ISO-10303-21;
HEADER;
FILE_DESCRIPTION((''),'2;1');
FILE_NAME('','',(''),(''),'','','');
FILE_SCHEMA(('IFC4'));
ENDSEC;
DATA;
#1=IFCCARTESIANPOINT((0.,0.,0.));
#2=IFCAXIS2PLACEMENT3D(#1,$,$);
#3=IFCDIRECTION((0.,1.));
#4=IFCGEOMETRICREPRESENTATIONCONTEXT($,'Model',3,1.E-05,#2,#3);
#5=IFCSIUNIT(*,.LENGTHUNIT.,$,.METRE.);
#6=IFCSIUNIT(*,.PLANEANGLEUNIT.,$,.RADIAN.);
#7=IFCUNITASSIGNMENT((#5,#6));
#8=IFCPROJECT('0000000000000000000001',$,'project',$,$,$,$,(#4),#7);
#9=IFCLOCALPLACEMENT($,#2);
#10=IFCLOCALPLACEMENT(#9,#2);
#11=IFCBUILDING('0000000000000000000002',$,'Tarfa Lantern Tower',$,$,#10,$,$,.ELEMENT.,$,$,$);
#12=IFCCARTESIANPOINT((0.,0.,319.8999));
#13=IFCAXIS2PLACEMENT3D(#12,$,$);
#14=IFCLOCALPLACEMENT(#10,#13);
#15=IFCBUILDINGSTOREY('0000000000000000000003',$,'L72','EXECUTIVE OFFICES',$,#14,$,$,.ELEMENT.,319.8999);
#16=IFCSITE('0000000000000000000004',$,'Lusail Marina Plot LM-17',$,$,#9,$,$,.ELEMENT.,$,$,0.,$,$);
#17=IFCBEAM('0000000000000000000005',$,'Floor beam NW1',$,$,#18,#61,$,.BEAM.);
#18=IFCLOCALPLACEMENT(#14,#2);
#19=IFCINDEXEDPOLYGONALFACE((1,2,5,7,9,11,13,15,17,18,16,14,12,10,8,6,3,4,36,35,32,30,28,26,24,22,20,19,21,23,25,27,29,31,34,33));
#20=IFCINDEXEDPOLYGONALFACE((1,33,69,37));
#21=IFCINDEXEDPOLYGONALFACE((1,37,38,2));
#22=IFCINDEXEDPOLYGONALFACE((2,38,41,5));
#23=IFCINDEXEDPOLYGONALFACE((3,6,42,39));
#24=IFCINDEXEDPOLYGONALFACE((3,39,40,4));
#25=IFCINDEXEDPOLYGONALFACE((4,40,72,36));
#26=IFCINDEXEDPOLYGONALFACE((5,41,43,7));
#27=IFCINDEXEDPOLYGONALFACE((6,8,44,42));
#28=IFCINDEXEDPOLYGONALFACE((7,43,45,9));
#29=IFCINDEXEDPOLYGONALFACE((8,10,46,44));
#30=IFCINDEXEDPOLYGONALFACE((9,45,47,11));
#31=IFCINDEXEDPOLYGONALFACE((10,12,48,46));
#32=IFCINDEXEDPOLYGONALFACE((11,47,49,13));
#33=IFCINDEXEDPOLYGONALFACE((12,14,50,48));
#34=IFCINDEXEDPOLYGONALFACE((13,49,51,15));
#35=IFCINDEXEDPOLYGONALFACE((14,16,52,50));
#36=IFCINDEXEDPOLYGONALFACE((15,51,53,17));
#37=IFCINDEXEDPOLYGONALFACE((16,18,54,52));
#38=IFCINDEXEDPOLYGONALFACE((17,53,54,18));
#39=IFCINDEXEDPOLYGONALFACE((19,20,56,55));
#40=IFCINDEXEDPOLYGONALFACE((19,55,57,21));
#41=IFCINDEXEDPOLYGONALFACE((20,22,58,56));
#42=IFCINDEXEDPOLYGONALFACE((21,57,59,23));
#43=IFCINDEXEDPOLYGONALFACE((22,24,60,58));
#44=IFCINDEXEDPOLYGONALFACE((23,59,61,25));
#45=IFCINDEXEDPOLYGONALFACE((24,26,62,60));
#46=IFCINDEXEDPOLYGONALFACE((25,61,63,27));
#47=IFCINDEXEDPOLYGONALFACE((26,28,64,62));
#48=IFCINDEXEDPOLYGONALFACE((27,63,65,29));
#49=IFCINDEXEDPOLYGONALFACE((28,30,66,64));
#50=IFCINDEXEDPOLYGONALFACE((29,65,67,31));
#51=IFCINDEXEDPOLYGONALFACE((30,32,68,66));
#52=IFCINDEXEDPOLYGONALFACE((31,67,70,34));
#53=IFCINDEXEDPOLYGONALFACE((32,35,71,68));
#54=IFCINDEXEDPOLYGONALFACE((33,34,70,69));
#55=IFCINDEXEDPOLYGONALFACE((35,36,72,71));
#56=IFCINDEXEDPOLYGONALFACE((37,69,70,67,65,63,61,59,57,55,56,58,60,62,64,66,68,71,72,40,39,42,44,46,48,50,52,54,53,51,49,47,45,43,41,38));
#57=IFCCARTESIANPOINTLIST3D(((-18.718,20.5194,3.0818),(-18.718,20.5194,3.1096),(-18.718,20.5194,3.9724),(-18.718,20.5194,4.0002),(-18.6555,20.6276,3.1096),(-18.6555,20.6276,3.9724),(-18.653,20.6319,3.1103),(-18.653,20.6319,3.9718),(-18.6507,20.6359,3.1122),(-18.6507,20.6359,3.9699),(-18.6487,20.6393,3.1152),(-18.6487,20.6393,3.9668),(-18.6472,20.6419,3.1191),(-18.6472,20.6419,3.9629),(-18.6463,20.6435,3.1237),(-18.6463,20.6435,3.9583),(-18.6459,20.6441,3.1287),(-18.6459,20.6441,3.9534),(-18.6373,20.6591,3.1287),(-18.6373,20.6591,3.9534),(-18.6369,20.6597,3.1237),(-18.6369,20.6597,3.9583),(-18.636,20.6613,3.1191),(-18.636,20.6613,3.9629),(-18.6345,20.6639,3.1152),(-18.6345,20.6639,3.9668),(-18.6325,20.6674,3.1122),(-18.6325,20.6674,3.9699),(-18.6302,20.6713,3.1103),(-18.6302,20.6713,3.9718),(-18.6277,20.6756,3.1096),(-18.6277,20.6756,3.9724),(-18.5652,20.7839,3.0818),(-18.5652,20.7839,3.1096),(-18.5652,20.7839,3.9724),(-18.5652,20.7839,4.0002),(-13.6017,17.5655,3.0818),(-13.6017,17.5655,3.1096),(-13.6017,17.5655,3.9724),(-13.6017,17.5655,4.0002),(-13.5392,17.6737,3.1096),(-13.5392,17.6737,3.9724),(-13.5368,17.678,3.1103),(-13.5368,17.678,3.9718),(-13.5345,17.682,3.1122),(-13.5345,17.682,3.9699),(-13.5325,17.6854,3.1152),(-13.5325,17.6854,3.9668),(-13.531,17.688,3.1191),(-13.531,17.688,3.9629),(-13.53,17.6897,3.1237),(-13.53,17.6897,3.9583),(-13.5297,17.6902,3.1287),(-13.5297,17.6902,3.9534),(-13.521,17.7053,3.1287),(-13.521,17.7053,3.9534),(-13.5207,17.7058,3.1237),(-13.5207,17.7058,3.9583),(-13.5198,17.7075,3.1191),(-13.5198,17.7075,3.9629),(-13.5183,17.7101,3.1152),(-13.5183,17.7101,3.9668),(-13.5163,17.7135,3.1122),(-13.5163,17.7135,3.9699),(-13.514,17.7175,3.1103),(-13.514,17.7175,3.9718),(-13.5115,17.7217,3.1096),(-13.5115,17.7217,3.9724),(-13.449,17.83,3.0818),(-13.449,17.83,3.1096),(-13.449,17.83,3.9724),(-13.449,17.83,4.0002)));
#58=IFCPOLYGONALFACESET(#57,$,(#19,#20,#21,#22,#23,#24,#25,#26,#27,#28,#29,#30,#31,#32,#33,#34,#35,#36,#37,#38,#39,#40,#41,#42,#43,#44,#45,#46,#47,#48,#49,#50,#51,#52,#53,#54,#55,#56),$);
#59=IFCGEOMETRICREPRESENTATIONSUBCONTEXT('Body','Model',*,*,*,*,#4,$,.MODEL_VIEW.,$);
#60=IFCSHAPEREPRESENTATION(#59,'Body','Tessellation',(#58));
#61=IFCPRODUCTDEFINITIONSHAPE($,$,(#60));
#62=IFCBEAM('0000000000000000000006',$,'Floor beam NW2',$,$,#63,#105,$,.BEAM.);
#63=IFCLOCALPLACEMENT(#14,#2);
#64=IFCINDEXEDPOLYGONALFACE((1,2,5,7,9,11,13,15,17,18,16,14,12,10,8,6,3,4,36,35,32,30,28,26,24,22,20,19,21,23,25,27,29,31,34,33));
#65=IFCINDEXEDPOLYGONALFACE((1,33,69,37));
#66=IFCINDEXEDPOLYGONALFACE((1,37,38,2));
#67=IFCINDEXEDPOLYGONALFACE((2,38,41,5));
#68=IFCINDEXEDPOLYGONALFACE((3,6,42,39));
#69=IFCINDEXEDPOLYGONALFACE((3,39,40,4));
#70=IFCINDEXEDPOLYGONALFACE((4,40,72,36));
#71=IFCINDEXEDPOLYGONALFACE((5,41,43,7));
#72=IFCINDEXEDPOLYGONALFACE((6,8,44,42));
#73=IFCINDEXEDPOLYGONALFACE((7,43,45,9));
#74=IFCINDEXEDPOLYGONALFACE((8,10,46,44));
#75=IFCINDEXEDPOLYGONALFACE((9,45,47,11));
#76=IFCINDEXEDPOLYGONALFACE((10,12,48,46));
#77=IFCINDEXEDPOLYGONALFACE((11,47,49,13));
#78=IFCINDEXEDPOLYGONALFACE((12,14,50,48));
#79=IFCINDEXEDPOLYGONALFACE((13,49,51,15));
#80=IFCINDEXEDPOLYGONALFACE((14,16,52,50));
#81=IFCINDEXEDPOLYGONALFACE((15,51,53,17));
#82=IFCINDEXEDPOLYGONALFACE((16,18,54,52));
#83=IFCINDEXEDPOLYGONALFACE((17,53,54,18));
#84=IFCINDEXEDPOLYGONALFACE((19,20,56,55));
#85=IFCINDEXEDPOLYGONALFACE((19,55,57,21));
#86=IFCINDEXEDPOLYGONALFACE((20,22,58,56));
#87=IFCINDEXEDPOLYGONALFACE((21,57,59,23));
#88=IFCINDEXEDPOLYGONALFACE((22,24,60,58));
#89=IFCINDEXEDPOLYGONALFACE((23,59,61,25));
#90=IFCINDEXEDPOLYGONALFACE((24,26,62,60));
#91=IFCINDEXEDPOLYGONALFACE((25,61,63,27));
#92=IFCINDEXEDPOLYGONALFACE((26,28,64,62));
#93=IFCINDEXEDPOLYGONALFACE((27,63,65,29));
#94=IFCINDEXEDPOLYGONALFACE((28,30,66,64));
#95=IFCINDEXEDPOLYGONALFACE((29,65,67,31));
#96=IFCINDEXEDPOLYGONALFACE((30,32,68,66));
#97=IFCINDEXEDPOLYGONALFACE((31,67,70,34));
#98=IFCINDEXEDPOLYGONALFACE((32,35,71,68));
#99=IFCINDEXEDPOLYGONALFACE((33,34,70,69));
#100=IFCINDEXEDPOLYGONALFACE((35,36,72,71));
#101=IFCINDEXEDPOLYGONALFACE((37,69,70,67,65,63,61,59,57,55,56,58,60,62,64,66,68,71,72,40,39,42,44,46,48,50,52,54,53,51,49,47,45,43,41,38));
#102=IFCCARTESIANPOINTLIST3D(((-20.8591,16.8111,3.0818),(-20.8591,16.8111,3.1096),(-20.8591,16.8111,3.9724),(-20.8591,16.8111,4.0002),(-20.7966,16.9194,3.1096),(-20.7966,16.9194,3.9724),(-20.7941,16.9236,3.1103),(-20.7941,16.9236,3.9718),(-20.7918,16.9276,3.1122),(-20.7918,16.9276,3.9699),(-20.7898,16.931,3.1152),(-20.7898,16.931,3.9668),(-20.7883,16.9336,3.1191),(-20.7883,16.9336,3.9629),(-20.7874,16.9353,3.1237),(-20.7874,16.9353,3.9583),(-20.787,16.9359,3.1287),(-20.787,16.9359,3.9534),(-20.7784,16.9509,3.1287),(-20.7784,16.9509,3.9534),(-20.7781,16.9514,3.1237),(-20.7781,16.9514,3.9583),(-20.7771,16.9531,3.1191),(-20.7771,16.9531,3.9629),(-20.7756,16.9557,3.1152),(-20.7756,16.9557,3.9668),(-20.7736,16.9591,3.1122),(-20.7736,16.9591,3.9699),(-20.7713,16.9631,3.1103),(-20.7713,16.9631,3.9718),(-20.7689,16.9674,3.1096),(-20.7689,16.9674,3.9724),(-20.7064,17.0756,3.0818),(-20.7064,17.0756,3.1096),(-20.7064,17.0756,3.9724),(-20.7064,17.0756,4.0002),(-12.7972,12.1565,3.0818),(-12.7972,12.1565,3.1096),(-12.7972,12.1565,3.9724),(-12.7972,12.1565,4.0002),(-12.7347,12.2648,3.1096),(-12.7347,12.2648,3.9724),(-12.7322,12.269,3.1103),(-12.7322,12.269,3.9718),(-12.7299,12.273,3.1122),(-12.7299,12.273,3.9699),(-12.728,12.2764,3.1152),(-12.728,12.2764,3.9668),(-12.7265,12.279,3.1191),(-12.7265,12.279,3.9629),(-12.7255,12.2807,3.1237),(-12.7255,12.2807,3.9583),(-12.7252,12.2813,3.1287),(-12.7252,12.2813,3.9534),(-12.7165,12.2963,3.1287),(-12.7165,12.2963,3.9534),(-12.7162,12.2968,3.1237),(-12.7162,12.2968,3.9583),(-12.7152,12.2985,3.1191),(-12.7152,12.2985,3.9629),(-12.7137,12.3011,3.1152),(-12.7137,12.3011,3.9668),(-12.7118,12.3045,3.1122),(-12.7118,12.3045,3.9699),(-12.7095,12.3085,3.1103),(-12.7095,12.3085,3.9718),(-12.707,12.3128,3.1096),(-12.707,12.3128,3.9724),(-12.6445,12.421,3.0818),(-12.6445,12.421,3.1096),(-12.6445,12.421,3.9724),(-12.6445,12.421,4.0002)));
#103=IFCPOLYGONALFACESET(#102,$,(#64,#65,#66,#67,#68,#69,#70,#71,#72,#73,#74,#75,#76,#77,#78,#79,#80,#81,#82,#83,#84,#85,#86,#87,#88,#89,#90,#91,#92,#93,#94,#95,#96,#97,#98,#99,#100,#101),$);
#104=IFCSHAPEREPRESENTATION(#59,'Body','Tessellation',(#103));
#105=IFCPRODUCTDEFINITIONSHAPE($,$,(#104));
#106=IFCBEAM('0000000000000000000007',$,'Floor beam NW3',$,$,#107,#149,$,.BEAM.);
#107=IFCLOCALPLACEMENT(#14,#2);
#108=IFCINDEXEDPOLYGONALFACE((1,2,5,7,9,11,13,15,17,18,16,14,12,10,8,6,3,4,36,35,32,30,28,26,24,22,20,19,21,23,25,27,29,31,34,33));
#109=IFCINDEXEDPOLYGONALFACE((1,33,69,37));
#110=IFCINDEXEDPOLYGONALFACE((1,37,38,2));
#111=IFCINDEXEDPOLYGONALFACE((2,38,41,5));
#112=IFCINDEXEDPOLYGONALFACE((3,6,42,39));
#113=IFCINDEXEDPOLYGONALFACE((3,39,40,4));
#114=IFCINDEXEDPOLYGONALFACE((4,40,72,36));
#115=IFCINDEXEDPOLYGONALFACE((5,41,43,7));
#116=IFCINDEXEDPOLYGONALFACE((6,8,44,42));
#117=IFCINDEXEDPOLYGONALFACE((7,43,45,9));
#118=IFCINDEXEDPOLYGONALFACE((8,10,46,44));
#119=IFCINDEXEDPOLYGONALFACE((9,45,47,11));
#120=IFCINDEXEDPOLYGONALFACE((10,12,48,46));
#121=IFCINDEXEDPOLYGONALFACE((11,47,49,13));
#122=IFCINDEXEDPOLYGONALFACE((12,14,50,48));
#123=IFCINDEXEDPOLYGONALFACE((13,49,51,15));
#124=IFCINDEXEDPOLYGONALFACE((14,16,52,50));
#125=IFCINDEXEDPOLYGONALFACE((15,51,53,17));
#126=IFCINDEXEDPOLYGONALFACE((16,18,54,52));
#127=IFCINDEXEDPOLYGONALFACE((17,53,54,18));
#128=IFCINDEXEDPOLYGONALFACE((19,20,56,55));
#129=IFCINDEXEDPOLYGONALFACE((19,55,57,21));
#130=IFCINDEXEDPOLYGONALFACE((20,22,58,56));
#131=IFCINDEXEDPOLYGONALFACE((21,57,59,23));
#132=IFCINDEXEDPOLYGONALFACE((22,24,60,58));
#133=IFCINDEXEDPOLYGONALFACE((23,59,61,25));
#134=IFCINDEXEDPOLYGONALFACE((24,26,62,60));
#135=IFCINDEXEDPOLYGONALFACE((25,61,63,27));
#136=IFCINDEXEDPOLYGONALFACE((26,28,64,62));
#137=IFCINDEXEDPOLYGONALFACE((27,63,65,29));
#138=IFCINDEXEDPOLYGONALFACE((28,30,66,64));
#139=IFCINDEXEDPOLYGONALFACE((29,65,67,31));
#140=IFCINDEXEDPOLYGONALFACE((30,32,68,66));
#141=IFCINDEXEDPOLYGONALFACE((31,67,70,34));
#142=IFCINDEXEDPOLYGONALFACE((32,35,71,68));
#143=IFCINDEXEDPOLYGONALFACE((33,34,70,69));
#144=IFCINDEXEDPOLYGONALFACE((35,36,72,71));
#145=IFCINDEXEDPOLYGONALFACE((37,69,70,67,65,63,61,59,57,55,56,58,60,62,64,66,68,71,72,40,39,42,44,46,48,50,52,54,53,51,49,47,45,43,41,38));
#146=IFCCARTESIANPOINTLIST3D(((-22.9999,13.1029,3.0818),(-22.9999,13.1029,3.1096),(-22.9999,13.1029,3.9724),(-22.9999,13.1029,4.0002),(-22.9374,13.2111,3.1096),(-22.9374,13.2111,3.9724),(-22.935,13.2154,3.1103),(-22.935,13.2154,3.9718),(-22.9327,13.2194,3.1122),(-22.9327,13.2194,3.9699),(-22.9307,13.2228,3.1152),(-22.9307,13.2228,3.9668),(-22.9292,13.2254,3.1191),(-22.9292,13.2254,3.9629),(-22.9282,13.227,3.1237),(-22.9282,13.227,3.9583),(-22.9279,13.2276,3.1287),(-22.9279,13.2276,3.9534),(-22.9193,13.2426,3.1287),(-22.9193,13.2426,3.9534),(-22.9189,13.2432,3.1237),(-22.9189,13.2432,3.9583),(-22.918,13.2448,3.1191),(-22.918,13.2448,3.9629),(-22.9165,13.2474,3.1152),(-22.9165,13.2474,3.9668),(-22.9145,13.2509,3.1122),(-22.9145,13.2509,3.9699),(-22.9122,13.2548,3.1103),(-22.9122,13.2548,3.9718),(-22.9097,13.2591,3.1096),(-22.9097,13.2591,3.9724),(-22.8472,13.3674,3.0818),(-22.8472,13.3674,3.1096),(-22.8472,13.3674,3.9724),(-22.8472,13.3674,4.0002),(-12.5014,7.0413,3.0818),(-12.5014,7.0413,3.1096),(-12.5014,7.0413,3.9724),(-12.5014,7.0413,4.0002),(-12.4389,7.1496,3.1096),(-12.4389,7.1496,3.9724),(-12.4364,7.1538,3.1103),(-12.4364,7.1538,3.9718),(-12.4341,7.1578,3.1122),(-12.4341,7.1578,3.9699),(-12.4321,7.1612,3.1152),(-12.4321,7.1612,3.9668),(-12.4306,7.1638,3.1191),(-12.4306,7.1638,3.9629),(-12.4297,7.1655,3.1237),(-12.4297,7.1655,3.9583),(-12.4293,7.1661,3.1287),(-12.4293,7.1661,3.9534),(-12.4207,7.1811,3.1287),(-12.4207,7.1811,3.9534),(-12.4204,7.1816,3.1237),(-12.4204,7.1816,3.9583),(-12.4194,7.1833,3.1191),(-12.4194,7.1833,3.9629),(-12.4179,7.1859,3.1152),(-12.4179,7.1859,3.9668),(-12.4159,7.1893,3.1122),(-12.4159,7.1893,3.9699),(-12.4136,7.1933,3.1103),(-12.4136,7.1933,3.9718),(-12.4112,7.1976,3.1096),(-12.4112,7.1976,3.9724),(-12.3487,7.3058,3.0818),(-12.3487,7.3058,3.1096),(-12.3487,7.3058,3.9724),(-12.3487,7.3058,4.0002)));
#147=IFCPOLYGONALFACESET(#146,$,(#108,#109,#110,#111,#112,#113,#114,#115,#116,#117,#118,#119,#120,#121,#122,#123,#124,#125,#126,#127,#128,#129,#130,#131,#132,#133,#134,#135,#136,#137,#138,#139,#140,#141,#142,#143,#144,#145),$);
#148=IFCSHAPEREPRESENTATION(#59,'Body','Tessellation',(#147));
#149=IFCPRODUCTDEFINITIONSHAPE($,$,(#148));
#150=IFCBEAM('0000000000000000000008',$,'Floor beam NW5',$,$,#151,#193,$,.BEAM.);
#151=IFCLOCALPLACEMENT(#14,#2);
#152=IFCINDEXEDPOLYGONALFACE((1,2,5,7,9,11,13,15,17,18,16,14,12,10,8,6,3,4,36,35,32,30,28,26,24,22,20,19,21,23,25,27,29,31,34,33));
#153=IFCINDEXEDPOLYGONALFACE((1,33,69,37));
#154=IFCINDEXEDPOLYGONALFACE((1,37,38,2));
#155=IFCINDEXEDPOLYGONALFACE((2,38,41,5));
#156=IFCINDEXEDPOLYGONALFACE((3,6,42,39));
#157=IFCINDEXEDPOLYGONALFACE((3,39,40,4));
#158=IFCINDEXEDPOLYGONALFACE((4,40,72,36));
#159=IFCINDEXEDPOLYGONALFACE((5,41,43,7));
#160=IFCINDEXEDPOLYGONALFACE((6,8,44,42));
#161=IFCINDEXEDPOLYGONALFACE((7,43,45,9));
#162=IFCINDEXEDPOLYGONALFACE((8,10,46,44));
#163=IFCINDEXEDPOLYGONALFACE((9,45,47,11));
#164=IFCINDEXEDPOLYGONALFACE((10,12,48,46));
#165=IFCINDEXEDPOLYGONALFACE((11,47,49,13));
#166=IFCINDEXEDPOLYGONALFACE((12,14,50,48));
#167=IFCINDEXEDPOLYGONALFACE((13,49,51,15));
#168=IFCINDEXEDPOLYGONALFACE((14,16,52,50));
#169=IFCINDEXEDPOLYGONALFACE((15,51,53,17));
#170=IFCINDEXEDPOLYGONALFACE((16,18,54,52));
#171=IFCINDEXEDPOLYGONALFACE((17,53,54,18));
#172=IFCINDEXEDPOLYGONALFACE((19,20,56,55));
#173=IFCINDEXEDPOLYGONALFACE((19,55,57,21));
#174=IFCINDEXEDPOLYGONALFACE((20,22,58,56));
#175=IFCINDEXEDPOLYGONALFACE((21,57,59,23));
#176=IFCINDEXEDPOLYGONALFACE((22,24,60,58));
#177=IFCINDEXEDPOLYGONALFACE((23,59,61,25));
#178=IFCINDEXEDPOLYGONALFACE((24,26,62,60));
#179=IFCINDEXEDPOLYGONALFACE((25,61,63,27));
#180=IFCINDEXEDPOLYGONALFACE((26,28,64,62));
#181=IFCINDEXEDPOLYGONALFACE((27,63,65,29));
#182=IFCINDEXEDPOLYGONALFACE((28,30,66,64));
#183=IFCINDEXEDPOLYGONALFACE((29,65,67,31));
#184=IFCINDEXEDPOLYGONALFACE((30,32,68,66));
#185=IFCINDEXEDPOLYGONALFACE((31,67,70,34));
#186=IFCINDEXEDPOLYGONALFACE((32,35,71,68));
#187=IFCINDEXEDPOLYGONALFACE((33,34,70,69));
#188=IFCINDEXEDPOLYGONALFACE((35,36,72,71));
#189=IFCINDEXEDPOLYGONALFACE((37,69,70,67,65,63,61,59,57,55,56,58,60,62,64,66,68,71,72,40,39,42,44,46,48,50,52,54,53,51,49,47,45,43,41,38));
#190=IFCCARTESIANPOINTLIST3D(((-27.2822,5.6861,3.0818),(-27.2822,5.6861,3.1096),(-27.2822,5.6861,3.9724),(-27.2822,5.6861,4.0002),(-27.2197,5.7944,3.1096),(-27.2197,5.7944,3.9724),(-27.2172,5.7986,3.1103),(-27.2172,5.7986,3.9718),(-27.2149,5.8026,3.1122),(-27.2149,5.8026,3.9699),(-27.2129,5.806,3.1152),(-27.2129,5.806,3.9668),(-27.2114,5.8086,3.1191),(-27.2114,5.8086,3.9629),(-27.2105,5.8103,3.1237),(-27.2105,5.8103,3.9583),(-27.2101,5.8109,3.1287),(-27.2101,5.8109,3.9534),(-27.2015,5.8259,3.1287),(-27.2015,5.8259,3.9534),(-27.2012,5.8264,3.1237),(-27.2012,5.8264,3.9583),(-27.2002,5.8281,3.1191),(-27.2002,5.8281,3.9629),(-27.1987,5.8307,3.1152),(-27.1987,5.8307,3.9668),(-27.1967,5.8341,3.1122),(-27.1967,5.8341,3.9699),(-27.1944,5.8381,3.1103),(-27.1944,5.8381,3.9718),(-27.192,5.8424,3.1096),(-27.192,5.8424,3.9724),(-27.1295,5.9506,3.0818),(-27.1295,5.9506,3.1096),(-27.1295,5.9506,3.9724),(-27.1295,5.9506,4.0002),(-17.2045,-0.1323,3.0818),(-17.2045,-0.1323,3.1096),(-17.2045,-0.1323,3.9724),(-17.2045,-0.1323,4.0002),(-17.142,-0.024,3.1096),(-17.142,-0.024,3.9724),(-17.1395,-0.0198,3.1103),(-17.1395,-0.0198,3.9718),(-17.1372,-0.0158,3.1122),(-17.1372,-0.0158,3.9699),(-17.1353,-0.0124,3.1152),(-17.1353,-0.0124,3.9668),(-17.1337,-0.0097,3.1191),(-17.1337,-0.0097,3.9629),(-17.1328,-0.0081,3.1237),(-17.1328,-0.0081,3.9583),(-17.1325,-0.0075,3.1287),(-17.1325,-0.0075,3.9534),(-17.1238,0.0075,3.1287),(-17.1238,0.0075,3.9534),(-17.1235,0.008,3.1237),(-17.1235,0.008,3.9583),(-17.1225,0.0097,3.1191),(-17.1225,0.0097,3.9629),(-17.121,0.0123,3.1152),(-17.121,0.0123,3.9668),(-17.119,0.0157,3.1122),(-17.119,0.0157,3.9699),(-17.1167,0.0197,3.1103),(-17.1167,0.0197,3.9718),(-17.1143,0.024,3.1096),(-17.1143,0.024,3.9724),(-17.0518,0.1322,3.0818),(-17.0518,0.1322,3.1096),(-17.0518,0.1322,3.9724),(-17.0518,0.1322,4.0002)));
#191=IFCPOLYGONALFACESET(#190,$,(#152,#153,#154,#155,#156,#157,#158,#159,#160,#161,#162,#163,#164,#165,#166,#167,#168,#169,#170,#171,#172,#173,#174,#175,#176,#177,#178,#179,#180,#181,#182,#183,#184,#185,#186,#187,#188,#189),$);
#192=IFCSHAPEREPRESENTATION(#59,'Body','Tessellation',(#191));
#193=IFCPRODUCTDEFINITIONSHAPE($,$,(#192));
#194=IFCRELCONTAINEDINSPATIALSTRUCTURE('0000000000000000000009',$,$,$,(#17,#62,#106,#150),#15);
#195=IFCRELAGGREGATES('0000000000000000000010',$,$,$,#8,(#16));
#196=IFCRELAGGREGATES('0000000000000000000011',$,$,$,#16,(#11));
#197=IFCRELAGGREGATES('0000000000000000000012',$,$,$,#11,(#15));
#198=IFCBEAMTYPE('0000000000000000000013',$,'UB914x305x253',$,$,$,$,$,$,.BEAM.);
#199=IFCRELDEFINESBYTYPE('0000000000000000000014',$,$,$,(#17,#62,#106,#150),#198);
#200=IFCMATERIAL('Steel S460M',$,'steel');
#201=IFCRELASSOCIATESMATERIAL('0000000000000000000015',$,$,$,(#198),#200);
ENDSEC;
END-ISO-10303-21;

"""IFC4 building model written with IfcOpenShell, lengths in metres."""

from ifc_helpers import new_model, si_unit, direction, frame, origin, origin_2d, place, context, subcontext, project, spatial, i_section, extrude, material, material_profile, profile_set, type_object, element, save


model = new_model("IFC4")

# Units and contexts
model_context = context("Model", 3, precision=1e-05, world=origin(), true_north=direction((0.0, 1.0)))
body_context = subcontext(model_context, "Body", "Model", "MODEL_VIEW")
ifc_project = project(units=[si_unit("LENGTHUNIT", "METRE"), si_unit("PLANEANGLEUNIT", "RADIAN")], contexts=[model_context])

# Site, building, storey
site_placement = place(None, origin())
site = spatial("IfcSite", under=ifc_project, at=site_placement, Name="Lusail Marina Plot LM-17", CompositionType="ELEMENT", RefElevation=0.0)
building_placement = place(site_placement, origin())
building = spatial("IfcBuilding", under=site, at=building_placement, Name="Tarfa Lantern Tower", CompositionType="ELEMENT")
storey_placement = place(building_placement, frame((0.0, 0.0, 319.8999)))
storey = spatial("IfcBuildingStorey", under=building, at=storey_placement, Name="L72", Description="EXECUTIVE OFFICES", CompositionType="ELEMENT", Elevation=319.8999)

# Beams
ifc_material_1 = material(Name="Steel S460M", Category="steel")
ifc_material_profile_1 = material_profile(ifc_material_1, i_section(OverallWidth=0.3054, OverallDepth=0.9185, WebThickness=0.0173, FlangeThickness=0.0278, FilletRadius=0.019, at=origin_2d()), Name="UB914x305x253")
ifc_profile_set_1 = profile_set([ifc_material_profile_1], Name="Steel S460M")
beam_type_1 = type_object("IfcBeamType", Name="UB914x305x253", PredefinedType="BEAM", material=ifc_profile_set_1)
beam_1_placement = place(storey_placement, frame((-18.6416, 20.6516, 3.541), z_axis=(0.866025, -0.500001, 0.0), x_axis=(0.500001, 0.866025, 0.0)))
element("IfcBeam", 1, at=beam_1_placement, inside=storey, type_object=beam_type_1, Name="Floor beam NW1", PredefinedType="BEAM", context=body_context, shape_type="SweptSolid", body=[
    extrude(i_section(OverallWidth=0.3054, OverallDepth=0.9185, WebThickness=0.0173, FlangeThickness=0.0278, FilletRadius=0.019, at=origin_2d()), origin(), (0.0, 0.0, 1.0), 5.9077),
])
beam_2_placement = place(storey_placement, frame((-20.7827, 16.9434, 3.541), z_axis=(0.866022, -0.500006, 0.0), x_axis=(0.500006, 0.866022, 0.0)))
element("IfcBeam", 2, at=beam_2_placement, inside=storey, type_object=beam_type_1, Name="Floor beam NW2", PredefinedType="BEAM", context=body_context, shape_type="SweptSolid", body=[
    extrude(i_section(OverallWidth=0.3054, OverallDepth=0.9185, WebThickness=0.0173, FlangeThickness=0.0278, FilletRadius=0.019, at=origin_2d()), origin(), (0.0, 0.0, 1.0), 9.3091),
])
beam_3_placement = place(storey_placement, frame((-22.9236, 13.2351, 3.541), z_axis=(0.866019, -0.500012, 0.0), x_axis=(0.500012, 0.866019, 0.0)))
element("IfcBeam", 3, at=beam_3_placement, inside=storey, type_object=beam_type_1, Name="Floor beam NW3", PredefinedType="BEAM", context=body_context, shape_type="SweptSolid", body=[
    extrude(i_section(OverallWidth=0.3054, OverallDepth=0.9185, WebThickness=0.0173, FlangeThickness=0.0278, FilletRadius=0.019, at=origin_2d()), origin(), (0.0, 0.0, 1.0), 12.1228),
])
beam_4_placement = place(storey_placement, frame((-27.2058, 5.8184, 3.541), z_axis=(0.866024, -0.500002, 0.0), x_axis=(0.500002, 0.866024, 0.0)))
element("IfcBeam", 4, at=beam_4_placement, inside=storey, type_object=beam_type_1, Name="Floor beam NW5", PredefinedType="BEAM", context=body_context, shape_type="SweptSolid", body=[
    extrude(i_section(OverallWidth=0.3054, OverallDepth=0.9185, WebThickness=0.0173, FlangeThickness=0.0278, FilletRadius=0.019, at=origin_2d()), origin(), (0.0, 0.0, 1.0), 11.6367),
])

save(model, "model.ifc")
